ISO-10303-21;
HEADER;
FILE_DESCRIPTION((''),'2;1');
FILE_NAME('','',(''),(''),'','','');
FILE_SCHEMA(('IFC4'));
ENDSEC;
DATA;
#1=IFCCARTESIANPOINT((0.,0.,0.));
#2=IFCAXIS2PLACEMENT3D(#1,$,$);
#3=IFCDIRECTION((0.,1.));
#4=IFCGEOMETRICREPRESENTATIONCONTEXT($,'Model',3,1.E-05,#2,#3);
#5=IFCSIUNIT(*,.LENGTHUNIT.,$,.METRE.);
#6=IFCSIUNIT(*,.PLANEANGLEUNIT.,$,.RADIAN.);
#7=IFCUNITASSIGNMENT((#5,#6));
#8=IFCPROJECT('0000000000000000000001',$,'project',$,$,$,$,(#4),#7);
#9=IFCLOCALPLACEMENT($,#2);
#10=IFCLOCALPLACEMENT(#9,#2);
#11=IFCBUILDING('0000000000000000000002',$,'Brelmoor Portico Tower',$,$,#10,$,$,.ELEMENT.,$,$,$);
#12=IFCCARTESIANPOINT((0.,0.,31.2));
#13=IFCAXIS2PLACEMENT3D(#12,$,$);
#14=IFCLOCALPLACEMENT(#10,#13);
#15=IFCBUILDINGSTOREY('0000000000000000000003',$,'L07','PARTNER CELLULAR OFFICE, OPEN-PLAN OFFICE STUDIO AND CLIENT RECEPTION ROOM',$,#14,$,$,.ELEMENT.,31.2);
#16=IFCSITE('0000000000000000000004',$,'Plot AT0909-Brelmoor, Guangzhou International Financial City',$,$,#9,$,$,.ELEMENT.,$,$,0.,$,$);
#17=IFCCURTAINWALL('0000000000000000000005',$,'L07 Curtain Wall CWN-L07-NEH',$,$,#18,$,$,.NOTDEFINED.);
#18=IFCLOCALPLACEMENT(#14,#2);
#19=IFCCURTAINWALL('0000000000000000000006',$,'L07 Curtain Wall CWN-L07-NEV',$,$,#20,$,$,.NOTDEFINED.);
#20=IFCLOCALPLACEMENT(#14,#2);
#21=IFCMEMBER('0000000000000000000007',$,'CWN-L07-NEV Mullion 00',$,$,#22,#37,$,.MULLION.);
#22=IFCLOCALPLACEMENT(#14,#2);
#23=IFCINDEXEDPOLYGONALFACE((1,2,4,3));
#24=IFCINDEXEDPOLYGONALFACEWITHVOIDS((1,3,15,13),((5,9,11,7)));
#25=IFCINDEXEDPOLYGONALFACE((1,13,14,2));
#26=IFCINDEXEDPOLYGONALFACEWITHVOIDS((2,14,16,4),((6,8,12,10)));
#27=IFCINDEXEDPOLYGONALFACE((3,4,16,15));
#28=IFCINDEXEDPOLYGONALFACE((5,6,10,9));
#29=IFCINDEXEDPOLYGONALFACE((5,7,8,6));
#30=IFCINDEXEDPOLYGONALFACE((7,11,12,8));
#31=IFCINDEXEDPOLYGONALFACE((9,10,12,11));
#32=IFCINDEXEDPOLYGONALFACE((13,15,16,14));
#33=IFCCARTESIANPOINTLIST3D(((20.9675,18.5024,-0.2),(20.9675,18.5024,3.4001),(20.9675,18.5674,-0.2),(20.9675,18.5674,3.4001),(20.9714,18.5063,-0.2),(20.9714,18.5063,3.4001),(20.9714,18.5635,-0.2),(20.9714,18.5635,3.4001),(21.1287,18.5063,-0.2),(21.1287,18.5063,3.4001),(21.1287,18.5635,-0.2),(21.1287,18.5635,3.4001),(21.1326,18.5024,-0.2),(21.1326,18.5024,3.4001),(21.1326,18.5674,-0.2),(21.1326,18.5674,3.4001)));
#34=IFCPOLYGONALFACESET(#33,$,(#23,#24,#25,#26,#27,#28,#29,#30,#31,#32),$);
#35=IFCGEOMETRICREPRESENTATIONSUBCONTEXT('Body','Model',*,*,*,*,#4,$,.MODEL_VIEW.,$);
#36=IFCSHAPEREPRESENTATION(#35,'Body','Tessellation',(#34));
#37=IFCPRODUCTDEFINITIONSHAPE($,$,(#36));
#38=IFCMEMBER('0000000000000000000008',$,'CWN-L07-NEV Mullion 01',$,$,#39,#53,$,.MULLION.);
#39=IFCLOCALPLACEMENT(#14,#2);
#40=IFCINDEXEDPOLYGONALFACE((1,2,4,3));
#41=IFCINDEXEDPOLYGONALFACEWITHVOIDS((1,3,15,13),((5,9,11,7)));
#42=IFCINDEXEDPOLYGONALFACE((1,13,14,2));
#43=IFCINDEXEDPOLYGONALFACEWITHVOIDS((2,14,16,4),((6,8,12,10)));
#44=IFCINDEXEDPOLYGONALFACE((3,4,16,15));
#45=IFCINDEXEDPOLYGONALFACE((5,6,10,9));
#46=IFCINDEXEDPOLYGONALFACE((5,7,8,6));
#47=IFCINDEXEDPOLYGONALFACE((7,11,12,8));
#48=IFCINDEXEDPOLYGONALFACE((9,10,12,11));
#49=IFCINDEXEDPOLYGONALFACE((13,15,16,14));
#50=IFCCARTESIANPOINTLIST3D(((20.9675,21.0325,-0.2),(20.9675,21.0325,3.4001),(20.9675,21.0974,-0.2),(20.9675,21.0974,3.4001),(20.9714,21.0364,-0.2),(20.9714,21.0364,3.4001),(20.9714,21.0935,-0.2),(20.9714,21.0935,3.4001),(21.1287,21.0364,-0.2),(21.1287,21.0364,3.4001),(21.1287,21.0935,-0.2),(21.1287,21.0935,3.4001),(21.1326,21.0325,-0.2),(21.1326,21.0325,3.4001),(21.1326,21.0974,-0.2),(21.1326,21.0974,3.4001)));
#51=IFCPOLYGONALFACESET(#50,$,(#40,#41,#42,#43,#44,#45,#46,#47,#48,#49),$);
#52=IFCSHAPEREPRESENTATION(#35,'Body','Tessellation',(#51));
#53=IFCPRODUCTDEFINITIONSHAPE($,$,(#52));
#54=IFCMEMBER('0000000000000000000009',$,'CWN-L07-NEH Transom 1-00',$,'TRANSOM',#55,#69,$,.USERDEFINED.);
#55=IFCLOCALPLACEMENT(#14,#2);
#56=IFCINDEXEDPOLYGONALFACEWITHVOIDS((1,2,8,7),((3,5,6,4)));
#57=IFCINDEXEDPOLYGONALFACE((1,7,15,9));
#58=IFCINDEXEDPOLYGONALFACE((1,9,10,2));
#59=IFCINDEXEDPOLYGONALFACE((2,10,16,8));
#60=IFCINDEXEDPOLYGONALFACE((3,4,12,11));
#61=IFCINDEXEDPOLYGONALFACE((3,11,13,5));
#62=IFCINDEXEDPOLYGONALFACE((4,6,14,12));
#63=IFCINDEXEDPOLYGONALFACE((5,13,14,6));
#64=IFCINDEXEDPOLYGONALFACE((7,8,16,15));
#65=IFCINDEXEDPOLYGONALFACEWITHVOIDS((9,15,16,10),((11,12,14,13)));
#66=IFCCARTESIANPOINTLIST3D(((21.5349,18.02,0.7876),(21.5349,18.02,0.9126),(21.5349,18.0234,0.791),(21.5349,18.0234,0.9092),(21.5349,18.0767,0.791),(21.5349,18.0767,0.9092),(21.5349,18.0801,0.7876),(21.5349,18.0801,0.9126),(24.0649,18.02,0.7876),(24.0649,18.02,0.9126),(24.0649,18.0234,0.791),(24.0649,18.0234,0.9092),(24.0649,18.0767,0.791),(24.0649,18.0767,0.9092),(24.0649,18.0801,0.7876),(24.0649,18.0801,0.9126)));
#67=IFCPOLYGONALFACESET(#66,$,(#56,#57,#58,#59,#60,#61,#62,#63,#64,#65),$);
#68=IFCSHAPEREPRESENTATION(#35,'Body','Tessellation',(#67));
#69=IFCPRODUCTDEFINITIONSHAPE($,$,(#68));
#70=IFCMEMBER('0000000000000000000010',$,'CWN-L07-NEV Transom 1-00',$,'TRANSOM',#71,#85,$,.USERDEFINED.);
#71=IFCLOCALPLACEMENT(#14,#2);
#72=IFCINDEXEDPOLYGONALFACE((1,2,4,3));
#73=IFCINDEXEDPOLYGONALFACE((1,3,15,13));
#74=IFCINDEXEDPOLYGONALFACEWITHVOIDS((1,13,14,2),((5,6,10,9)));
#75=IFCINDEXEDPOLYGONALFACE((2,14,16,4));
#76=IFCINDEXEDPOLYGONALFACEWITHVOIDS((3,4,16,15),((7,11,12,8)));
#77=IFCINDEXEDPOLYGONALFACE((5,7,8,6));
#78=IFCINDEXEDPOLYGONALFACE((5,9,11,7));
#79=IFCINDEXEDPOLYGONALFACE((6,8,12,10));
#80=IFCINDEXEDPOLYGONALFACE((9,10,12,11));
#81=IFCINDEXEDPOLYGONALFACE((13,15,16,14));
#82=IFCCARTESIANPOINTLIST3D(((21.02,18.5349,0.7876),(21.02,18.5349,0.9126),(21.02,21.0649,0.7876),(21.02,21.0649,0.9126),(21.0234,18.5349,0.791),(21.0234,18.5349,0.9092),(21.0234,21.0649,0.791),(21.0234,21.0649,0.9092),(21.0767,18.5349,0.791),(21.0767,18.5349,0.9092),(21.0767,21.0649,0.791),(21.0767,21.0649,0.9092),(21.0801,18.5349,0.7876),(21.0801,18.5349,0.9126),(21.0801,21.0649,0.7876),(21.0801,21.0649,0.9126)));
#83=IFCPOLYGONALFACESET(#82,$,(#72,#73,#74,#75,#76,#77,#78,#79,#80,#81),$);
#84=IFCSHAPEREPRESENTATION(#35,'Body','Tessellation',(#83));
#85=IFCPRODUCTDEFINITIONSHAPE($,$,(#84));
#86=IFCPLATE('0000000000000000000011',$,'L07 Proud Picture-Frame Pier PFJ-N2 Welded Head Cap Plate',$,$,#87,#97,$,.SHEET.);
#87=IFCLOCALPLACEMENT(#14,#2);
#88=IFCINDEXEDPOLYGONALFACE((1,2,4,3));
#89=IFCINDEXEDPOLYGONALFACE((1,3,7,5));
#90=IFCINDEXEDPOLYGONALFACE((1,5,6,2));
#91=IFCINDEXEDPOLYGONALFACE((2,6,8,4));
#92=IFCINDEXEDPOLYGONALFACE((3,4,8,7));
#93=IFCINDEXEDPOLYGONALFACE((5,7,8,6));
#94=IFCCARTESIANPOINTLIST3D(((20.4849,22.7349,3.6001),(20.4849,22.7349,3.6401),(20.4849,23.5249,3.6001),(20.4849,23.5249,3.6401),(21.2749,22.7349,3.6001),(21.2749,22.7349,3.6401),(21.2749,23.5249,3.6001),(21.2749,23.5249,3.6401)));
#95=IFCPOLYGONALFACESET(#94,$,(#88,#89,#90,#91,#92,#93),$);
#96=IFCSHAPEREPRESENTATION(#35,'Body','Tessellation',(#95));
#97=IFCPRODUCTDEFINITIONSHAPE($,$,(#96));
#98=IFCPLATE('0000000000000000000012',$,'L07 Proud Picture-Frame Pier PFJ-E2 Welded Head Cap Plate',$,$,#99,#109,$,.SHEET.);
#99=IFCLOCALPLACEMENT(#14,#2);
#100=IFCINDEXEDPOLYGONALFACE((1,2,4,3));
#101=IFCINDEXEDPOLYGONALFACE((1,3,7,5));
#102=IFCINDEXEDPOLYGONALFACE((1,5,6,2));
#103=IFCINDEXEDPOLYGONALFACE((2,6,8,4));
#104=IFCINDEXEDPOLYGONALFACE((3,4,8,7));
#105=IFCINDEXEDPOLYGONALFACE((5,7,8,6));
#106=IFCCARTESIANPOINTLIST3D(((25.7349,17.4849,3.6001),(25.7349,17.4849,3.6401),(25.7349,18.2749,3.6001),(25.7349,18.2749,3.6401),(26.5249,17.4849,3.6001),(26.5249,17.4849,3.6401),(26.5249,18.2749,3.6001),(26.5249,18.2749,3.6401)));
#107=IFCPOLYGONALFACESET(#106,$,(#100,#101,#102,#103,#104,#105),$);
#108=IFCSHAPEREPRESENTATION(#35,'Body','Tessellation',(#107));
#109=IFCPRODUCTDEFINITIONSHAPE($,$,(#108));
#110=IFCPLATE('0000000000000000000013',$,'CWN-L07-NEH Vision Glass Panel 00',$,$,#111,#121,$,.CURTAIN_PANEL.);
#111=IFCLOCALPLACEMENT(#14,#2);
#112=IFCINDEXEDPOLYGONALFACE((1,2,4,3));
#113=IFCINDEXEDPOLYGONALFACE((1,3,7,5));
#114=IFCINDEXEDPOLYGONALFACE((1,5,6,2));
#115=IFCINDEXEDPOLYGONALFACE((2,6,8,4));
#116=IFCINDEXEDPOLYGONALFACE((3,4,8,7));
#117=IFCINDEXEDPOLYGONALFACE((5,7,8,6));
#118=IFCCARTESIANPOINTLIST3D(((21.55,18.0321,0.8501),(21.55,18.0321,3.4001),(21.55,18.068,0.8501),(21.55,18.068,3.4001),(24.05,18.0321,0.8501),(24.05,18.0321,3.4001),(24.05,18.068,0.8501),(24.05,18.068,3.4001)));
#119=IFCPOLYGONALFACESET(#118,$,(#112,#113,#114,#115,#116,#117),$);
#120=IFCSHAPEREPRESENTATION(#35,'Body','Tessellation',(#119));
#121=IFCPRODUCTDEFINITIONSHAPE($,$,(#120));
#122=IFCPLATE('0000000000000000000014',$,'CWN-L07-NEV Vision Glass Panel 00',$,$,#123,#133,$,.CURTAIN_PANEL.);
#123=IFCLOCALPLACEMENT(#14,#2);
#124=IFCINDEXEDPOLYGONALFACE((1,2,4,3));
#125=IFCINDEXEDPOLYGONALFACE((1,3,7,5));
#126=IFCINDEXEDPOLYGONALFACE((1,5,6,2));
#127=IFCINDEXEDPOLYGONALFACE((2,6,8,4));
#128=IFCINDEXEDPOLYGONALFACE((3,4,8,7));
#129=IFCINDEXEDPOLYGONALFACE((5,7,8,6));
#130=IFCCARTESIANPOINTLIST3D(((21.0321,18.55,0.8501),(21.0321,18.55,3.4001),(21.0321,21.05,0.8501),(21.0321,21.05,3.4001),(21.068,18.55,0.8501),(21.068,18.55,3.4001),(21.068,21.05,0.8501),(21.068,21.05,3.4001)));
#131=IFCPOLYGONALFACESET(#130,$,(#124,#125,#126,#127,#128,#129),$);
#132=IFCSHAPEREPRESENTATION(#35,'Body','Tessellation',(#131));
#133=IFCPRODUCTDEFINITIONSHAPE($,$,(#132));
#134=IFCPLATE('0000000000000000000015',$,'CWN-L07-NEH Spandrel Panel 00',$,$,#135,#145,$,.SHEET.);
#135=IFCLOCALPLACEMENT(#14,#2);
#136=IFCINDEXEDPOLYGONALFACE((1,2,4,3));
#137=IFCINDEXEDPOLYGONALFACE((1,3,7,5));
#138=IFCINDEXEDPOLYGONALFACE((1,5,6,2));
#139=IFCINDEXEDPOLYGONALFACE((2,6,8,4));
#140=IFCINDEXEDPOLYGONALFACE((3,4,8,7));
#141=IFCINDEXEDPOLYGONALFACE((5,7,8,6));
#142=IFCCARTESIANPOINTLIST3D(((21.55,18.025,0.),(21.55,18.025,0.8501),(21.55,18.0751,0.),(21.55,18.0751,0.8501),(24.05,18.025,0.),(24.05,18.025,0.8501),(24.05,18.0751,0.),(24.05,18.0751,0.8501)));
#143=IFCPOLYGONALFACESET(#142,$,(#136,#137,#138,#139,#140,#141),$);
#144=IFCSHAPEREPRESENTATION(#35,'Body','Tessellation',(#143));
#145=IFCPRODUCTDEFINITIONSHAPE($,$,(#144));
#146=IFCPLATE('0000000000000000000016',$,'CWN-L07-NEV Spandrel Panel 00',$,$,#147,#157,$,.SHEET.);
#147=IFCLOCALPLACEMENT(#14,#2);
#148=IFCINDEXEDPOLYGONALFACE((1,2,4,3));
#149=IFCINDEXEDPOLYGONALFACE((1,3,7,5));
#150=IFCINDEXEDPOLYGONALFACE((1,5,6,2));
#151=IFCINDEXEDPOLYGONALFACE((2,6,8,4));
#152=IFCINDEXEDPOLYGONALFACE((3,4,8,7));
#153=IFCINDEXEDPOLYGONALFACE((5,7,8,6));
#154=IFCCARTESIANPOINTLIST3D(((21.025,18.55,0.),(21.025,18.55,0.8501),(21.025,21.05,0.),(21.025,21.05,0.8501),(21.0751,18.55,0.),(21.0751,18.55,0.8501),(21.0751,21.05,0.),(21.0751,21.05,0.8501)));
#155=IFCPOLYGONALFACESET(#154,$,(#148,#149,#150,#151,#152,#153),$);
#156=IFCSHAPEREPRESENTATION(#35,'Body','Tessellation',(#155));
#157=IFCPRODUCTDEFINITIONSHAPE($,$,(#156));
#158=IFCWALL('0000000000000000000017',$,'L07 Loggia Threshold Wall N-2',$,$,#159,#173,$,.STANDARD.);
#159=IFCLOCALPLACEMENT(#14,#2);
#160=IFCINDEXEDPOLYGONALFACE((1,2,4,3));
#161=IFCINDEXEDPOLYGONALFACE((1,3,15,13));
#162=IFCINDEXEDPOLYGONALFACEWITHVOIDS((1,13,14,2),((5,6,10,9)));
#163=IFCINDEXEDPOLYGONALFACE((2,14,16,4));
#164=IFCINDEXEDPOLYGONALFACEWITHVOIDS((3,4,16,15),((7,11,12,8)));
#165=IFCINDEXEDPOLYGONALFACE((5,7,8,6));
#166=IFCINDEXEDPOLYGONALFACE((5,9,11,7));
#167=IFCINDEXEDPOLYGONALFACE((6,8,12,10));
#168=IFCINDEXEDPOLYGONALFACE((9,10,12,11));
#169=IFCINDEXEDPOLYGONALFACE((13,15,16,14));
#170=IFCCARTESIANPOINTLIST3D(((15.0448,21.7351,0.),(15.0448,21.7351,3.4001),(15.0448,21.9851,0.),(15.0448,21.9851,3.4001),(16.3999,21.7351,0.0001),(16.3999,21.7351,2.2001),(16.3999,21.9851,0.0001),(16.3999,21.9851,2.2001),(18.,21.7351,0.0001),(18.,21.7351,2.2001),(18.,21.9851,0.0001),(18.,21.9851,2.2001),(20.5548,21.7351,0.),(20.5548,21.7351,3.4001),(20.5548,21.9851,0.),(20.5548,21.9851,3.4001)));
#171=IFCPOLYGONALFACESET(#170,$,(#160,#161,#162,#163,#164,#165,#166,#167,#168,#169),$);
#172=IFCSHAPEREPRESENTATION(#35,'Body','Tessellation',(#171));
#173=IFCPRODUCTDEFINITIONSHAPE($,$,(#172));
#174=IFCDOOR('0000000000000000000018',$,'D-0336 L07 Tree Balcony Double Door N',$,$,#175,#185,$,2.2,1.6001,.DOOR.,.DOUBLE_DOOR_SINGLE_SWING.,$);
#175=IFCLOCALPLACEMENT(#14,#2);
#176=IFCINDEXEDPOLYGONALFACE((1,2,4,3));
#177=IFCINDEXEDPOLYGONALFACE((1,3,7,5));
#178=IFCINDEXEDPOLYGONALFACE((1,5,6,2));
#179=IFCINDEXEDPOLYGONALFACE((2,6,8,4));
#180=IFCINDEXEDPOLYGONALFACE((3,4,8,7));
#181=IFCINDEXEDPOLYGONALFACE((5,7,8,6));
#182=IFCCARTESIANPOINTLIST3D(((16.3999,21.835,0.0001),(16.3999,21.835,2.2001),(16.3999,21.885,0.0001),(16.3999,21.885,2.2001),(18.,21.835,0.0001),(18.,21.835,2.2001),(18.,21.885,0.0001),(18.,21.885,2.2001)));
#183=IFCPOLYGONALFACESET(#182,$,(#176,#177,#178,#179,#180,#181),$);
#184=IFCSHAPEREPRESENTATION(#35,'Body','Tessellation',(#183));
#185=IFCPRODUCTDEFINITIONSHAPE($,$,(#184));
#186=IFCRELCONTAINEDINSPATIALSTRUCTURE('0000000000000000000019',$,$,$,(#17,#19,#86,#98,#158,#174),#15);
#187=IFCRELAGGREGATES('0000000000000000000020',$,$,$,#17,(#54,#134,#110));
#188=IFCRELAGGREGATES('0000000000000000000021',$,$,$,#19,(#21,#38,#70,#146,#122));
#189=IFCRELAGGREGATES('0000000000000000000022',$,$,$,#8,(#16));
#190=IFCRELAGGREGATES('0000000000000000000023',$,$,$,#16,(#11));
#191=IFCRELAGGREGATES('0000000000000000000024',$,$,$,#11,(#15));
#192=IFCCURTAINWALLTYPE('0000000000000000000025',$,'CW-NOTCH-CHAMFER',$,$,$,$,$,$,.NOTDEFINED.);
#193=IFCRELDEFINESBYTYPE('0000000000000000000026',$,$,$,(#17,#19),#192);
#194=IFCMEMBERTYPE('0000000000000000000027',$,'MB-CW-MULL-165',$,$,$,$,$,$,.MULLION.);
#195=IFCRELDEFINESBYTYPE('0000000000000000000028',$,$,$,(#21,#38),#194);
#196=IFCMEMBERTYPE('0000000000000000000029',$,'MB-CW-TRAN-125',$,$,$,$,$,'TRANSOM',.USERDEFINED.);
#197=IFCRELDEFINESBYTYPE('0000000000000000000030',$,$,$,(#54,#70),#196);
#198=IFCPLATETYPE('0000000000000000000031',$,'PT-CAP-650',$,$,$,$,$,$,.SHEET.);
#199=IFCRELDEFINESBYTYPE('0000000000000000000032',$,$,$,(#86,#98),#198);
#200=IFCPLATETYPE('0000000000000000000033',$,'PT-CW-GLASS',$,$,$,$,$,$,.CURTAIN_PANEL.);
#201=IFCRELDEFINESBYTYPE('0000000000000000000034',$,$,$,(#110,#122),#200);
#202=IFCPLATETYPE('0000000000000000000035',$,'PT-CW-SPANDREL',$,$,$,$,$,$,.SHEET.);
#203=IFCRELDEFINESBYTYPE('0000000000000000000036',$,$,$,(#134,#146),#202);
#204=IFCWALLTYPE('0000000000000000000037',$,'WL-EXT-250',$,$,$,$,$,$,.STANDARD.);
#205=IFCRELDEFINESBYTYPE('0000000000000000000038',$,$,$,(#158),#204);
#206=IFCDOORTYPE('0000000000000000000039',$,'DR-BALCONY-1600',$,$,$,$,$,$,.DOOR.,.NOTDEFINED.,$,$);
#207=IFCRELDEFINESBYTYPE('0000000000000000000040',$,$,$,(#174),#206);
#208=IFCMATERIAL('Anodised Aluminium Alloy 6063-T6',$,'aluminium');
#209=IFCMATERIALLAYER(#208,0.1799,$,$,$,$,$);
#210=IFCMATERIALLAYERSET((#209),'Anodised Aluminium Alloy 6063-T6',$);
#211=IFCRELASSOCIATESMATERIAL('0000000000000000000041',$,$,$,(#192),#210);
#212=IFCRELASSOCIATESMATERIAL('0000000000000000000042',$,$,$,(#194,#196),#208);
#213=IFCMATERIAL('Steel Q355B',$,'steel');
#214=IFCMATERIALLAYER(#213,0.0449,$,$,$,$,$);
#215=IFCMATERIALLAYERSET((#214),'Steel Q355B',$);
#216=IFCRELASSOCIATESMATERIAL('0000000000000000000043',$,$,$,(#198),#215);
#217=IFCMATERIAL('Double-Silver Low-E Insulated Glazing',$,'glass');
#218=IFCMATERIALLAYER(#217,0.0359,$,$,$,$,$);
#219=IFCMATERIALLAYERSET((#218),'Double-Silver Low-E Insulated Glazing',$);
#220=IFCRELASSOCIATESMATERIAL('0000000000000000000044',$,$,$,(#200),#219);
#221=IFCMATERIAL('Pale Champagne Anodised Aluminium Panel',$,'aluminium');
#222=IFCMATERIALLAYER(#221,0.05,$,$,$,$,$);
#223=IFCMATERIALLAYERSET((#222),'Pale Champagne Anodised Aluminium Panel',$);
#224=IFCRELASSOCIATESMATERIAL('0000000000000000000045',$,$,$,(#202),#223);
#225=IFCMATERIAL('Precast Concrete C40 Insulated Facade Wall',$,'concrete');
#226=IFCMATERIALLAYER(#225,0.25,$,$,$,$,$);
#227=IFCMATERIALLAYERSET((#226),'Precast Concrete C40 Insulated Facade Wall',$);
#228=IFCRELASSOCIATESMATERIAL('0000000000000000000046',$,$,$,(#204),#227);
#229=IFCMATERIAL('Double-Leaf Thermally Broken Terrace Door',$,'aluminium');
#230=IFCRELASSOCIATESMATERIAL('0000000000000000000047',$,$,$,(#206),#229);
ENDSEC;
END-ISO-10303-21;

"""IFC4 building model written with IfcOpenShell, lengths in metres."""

from ifc_helpers import new_model, si_unit, direction, frame, frame_2d, origin, origin_2d, place, context, subcontext, project, spatial, rectangle, hollow_rectangle, extrude, material, layer, layer_set, material_profile, profile_set, type_object, element, fill, aggregate, save


model = new_model("IFC4")

# Units and contexts
model_context = context("Model", 3, precision=1e-05, world=origin(), true_north=direction((0.0, 1.0)))
body_context = subcontext(model_context, "Body", "Model", "MODEL_VIEW")
ifc_project = project(units=[si_unit("LENGTHUNIT", "METRE"), si_unit("PLANEANGLEUNIT", "RADIAN")], contexts=[model_context])

# Site, building, storey
site_placement = place(None, origin())
site = spatial("IfcSite", under=ifc_project, at=site_placement, Name="Plot AT0909-Brelmoor, Guangzhou International Financial City", CompositionType="ELEMENT", RefElevation=0.0)
building_placement = place(site_placement, origin())
building = spatial("IfcBuilding", under=site, at=building_placement, Name="Brelmoor Portico Tower", CompositionType="ELEMENT")
storey_placement = place(building_placement, frame((0.0, 0.0, 31.2)))
storey = spatial("IfcBuildingStorey", under=building, at=storey_placement, Name="L07", Description="PARTNER CELLULAR OFFICE, OPEN-PLAN OFFICE STUDIO AND CLIENT RECEPTION ROOM", CompositionType="ELEMENT", Elevation=31.2)

# Shared definitions
ifc_material_1 = material(Name="Steel Q355B", Category="steel")

# Curtain walls, members
ifc_material_2 = material(Name="Anodised Aluminium Alloy 6063-T6", Category="aluminium")
ifc_layer_1 = layer(ifc_material_2, 0.1799)
ifc_layer_set_1 = layer_set([ifc_layer_1], Name="Anodised Aluminium Alloy 6063-T6")
curtain_wall_type = type_object("IfcCurtainWallType", Name="CW-NOTCH-CHAMFER", PredefinedType="NOTDEFINED", material=ifc_layer_set_1)
curtain_wall_1_placement = place(storey_placement, origin())
curtain_wall_1 = element("IfcCurtainWall", 1, at=curtain_wall_1_placement, inside=storey, type_object=curtain_wall_type, Name="L07 Curtain Wall CWN-L07-NEH", PredefinedType="NOTDEFINED")
ifc_material_profile_1 = material_profile(ifc_material_2, hollow_rectangle(XDim=0.0649, YDim=0.165, WallThickness=0.0039, at=origin_2d()), Name="ALU MULLION 65x165")
ifc_profile_set_1 = profile_set([ifc_material_profile_1], Name="Anodised Aluminium Alloy 6063-T6")
member_type_1 = type_object("IfcMemberType", Name="MB-CW-MULL-165", PredefinedType="MULLION", material=ifc_profile_set_1)
curtain_wall_2_placement = place(storey_placement, origin())
curtain_wall_2 = element("IfcCurtainWall", 2, at=curtain_wall_2_placement, inside=storey, type_object=curtain_wall_type, Name="L07 Curtain Wall CWN-L07-NEV", PredefinedType="NOTDEFINED")
member_1_placement = place(storey_placement, frame((21.05, 18.5349, -0.2), z_axis=(0.0, 0.0, 1.0), x_axis=(0.0, 1.0, 0.0)))
member_1 = element("IfcMember", 3, at=member_1_placement, type_object=member_type_1, Name="CWN-L07-NEV Mullion 00", PredefinedType="MULLION", context=body_context, shape_type="SweptSolid", body=[
    extrude(hollow_rectangle(XDim=0.0649, YDim=0.165, WallThickness=0.0039, at=origin_2d()), origin(), (0.0, 0.0, 1.0), 3.6001),
])
member_2_placement = place(storey_placement, frame((21.05, 21.0649, -0.2), z_axis=(0.0, 0.0, 1.0), x_axis=(0.0, 1.0, 0.0)))
member_2 = element("IfcMember", 4, at=member_2_placement, type_object=member_type_1, Name="CWN-L07-NEV Mullion 01", PredefinedType="MULLION", context=body_context, shape_type="SweptSolid", body=[
    extrude(hollow_rectangle(XDim=0.0649, YDim=0.165, WallThickness=0.0039, at=origin_2d()), origin(), (0.0, 0.0, 1.0), 3.6001),
])

# Members
ifc_material_profile_2 = material_profile(ifc_material_2, hollow_rectangle(XDim=0.0601, YDim=0.125, WallThickness=0.0034, at=origin_2d()), Name="ALU TRANSOM 60x125")
ifc_profile_set_2 = profile_set([ifc_material_profile_2], Name="Anodised Aluminium Alloy 6063-T6")
member_type_2 = type_object("IfcMemberType", Name="MB-CW-TRAN-125", ElementType="TRANSOM", PredefinedType="USERDEFINED", material=ifc_profile_set_2)
member_3_placement = place(storey_placement, frame((21.5349, 18.05, 0.8501), z_axis=(1.0, 0.0, 0.0), x_axis=(0.0, 1.0, 0.0)))
member_3 = element("IfcMember", 5, at=member_3_placement, type_object=member_type_2, Name="CWN-L07-NEH Transom 1-00", ObjectType="TRANSOM", PredefinedType="USERDEFINED", context=body_context, shape_type="SweptSolid", body=[
    extrude(hollow_rectangle(XDim=0.0601, YDim=0.125, WallThickness=0.0034, at=origin_2d()), origin(), (0.0, 0.0, 1.0), 2.53),
])
member_4_placement = place(storey_placement, frame((21.05, 18.5349, 0.8501), z_axis=(0.0, 1.0, 0.0), x_axis=(-1.0, 0.0, 0.0)))
member_4 = element("IfcMember", 6, at=member_4_placement, type_object=member_type_2, Name="CWN-L07-NEV Transom 1-00", ObjectType="TRANSOM", PredefinedType="USERDEFINED", context=body_context, shape_type="SweptSolid", body=[
    extrude(hollow_rectangle(XDim=0.0601, YDim=0.125, WallThickness=0.0034, at=origin_2d()), origin(), (0.0, 0.0, 1.0), 2.53),
])

# Plates
ifc_layer_2 = layer(ifc_material_1, 0.0449)
ifc_layer_set_2 = layer_set([ifc_layer_2], Name="Steel Q355B")
plate_type_1 = type_object("IfcPlateType", Name="PT-CAP-650", PredefinedType="SHEET", material=ifc_layer_set_2)
for number, where, z_axis, x_axis, name in (
    (7, (20.8799, 23.1299, 3.6001), (0.0, 0.0, 1.0), (1.0, 0.0, 0.0), "L07 Proud Picture-Frame Pier PFJ-N2 Welded Head Cap Plate"),
    (8, (26.1299, 17.8799, 3.6001), (0.0, 0.0, 1.0), (0.0, 1.0, 0.0), "L07 Proud Picture-Frame Pier PFJ-E2 Welded Head Cap Plate"),
):
    element("IfcPlate", number, at=place(storey_placement, frame(where, z_axis=z_axis, x_axis=x_axis)), inside=storey, type_object=plate_type_1, Name=name, PredefinedType="SHEET", context=body_context, shape_type="SweptSolid", body=[
        extrude(rectangle(XDim=0.79, YDim=0.79, at=origin_2d()), origin(), (0.0, 0.0, 1.0), 0.04),
    ])

# Plates
ifc_material_3 = material(Name="Double-Silver Low-E Insulated Glazing", Category="glass")
ifc_layer_3 = layer(ifc_material_3, 0.0359)
ifc_layer_set_3 = layer_set([ifc_layer_3], Name="Double-Silver Low-E Insulated Glazing")
plate_type_2 = type_object("IfcPlateType", Name="PT-CW-GLASS", PredefinedType="CURTAIN_PANEL", material=ifc_layer_set_3)
plate_1_placement = place(storey_placement, frame((22.8, 18.05, 0.8501), z_axis=(0.0, 0.0, 1.0), x_axis=(1.0, 0.0, 0.0)))
plate_1 = element("IfcPlate", 9, at=plate_1_placement, type_object=plate_type_2, Name="CWN-L07-NEH Vision Glass Panel 00", PredefinedType="CURTAIN_PANEL", context=body_context, shape_type="SweptSolid", body=[
    extrude(rectangle(XDim=2.5, YDim=0.0359, at=origin_2d()), origin(), (0.0, 0.0, 1.0), 2.55),
])
plate_2_placement = place(storey_placement, frame((21.05, 19.8, 0.8501), z_axis=(0.0, 0.0, 1.0), x_axis=(0.0, 1.0, 0.0)))
plate_2 = element("IfcPlate", 10, at=plate_2_placement, type_object=plate_type_2, Name="CWN-L07-NEV Vision Glass Panel 00", PredefinedType="CURTAIN_PANEL", context=body_context, shape_type="SweptSolid", body=[
    extrude(rectangle(XDim=2.5, YDim=0.0359, at=origin_2d()), origin(), (0.0, 0.0, 1.0), 2.55),
])
ifc_material_4 = material(Name="Pale Champagne Anodised Aluminium Panel", Category="aluminium")
ifc_layer_4 = layer(ifc_material_4, 0.05)
ifc_layer_set_4 = layer_set([ifc_layer_4], Name="Pale Champagne Anodised Aluminium Panel")
plate_type_3 = type_object("IfcPlateType", Name="PT-CW-SPANDREL", PredefinedType="SHEET", material=ifc_layer_set_4)
plate_3_placement = place(storey_placement, frame((22.8, 18.05, 0.0), z_axis=(0.0, 0.0, 1.0), x_axis=(1.0, 0.0, 0.0)))
plate_3 = element("IfcPlate", 11, at=plate_3_placement, type_object=plate_type_3, Name="CWN-L07-NEH Spandrel Panel 00", PredefinedType="SHEET", context=body_context, shape_type="SweptSolid", body=[
    extrude(rectangle(XDim=2.5, YDim=0.05, at=origin_2d()), origin(), (0.0, 0.0, 1.0), 0.8501),
])
aggregate(curtain_wall_1, [member_3, plate_3, plate_1])
plate_4_placement = place(storey_placement, frame((21.05, 19.8, 0.0), z_axis=(0.0, 0.0, 1.0), x_axis=(0.0, 1.0, 0.0)))
plate_4 = element("IfcPlate", 12, at=plate_4_placement, type_object=plate_type_3, Name="CWN-L07-NEV Spandrel Panel 00", PredefinedType="SHEET", context=body_context, shape_type="SweptSolid", body=[
    extrude(rectangle(XDim=2.5, YDim=0.05, at=origin_2d()), origin(), (0.0, 0.0, 1.0), 0.8501),
])
aggregate(curtain_wall_2, [member_1, member_2, member_4, plate_4, plate_2])

# Wall, opening, door
ifc_material_5 = material(Name="Precast Concrete C40 Insulated Facade Wall", Category="concrete")
ifc_layer_5 = layer(ifc_material_5, 0.25)
ifc_layer_set_5 = layer_set([ifc_layer_5], Name="Precast Concrete C40 Insulated Facade Wall")
wall_type = type_object("IfcWallType", Name="WL-EXT-250", PredefinedType="STANDARD", material=ifc_layer_set_5)
wall_placement = place(storey_placement, frame((15.0449, 21.8601, 0.0), z_axis=(0.0, 0.0, 1.0), x_axis=(1.0, 0.0, 0.0)))
wall = element("IfcWall", 13, at=wall_placement, inside=storey, type_object=wall_type, Name="L07 Loggia Threshold Wall N-2", PredefinedType="STANDARD", context=body_context, shape_type="SweptSolid", body=[
    extrude(rectangle(XDim=5.51, YDim=0.25, at=frame_2d((2.7549, 0.0))), origin(), (0.0, 0.0, 1.0), 3.4001),
])
opening_placement = place(wall_placement, frame((1.355, 0.0, 0.0)))
opening = element("IfcOpeningElement", 14, at=opening_placement, cuts=wall, PredefinedType="OPENING", context=body_context, shape_type="SweptSolid", body=[
    extrude(rectangle(XDim=1.6001, YDim=2.2, at=frame_2d((0.8, 1.1001))), frame((0.0, 0.135, 0.0), z_axis=(0.0, -1.0, 0.0), x_axis=(1.0, 0.0, 0.0)), (0.0, 0.0, 1.0), 0.27),
])
ifc_material_6 = material(Name="Double-Leaf Thermally Broken Terrace Door", Category="aluminium")
door_type = type_object("IfcDoorType", Name="DR-BALCONY-1600", OperationType="NOTDEFINED", PredefinedType="DOOR", material=ifc_material_6)
door_placement = place(opening_placement, origin())
door = element("IfcDoor", 15, at=door_placement, inside=storey, type_object=door_type, Name="D-0336 L07 Tree Balcony Double Door N", OperationType="DOUBLE_DOOR_SINGLE_SWING", OverallHeight=2.2, OverallWidth=1.6001, PredefinedType="DOOR", context=body_context, shape_type="SweptSolid", body=[
    extrude(rectangle(XDim=1.6001, YDim=2.2, at=frame_2d((0.8, 1.1001))), frame((0.0, 0.0249, 0.0), z_axis=(0.0, -1.0, 0.0), x_axis=(1.0, 0.0, 0.0)), (0.0, 0.0, 1.0), 0.05),
])
fill(opening, door)

save(model, "model.ifc")
